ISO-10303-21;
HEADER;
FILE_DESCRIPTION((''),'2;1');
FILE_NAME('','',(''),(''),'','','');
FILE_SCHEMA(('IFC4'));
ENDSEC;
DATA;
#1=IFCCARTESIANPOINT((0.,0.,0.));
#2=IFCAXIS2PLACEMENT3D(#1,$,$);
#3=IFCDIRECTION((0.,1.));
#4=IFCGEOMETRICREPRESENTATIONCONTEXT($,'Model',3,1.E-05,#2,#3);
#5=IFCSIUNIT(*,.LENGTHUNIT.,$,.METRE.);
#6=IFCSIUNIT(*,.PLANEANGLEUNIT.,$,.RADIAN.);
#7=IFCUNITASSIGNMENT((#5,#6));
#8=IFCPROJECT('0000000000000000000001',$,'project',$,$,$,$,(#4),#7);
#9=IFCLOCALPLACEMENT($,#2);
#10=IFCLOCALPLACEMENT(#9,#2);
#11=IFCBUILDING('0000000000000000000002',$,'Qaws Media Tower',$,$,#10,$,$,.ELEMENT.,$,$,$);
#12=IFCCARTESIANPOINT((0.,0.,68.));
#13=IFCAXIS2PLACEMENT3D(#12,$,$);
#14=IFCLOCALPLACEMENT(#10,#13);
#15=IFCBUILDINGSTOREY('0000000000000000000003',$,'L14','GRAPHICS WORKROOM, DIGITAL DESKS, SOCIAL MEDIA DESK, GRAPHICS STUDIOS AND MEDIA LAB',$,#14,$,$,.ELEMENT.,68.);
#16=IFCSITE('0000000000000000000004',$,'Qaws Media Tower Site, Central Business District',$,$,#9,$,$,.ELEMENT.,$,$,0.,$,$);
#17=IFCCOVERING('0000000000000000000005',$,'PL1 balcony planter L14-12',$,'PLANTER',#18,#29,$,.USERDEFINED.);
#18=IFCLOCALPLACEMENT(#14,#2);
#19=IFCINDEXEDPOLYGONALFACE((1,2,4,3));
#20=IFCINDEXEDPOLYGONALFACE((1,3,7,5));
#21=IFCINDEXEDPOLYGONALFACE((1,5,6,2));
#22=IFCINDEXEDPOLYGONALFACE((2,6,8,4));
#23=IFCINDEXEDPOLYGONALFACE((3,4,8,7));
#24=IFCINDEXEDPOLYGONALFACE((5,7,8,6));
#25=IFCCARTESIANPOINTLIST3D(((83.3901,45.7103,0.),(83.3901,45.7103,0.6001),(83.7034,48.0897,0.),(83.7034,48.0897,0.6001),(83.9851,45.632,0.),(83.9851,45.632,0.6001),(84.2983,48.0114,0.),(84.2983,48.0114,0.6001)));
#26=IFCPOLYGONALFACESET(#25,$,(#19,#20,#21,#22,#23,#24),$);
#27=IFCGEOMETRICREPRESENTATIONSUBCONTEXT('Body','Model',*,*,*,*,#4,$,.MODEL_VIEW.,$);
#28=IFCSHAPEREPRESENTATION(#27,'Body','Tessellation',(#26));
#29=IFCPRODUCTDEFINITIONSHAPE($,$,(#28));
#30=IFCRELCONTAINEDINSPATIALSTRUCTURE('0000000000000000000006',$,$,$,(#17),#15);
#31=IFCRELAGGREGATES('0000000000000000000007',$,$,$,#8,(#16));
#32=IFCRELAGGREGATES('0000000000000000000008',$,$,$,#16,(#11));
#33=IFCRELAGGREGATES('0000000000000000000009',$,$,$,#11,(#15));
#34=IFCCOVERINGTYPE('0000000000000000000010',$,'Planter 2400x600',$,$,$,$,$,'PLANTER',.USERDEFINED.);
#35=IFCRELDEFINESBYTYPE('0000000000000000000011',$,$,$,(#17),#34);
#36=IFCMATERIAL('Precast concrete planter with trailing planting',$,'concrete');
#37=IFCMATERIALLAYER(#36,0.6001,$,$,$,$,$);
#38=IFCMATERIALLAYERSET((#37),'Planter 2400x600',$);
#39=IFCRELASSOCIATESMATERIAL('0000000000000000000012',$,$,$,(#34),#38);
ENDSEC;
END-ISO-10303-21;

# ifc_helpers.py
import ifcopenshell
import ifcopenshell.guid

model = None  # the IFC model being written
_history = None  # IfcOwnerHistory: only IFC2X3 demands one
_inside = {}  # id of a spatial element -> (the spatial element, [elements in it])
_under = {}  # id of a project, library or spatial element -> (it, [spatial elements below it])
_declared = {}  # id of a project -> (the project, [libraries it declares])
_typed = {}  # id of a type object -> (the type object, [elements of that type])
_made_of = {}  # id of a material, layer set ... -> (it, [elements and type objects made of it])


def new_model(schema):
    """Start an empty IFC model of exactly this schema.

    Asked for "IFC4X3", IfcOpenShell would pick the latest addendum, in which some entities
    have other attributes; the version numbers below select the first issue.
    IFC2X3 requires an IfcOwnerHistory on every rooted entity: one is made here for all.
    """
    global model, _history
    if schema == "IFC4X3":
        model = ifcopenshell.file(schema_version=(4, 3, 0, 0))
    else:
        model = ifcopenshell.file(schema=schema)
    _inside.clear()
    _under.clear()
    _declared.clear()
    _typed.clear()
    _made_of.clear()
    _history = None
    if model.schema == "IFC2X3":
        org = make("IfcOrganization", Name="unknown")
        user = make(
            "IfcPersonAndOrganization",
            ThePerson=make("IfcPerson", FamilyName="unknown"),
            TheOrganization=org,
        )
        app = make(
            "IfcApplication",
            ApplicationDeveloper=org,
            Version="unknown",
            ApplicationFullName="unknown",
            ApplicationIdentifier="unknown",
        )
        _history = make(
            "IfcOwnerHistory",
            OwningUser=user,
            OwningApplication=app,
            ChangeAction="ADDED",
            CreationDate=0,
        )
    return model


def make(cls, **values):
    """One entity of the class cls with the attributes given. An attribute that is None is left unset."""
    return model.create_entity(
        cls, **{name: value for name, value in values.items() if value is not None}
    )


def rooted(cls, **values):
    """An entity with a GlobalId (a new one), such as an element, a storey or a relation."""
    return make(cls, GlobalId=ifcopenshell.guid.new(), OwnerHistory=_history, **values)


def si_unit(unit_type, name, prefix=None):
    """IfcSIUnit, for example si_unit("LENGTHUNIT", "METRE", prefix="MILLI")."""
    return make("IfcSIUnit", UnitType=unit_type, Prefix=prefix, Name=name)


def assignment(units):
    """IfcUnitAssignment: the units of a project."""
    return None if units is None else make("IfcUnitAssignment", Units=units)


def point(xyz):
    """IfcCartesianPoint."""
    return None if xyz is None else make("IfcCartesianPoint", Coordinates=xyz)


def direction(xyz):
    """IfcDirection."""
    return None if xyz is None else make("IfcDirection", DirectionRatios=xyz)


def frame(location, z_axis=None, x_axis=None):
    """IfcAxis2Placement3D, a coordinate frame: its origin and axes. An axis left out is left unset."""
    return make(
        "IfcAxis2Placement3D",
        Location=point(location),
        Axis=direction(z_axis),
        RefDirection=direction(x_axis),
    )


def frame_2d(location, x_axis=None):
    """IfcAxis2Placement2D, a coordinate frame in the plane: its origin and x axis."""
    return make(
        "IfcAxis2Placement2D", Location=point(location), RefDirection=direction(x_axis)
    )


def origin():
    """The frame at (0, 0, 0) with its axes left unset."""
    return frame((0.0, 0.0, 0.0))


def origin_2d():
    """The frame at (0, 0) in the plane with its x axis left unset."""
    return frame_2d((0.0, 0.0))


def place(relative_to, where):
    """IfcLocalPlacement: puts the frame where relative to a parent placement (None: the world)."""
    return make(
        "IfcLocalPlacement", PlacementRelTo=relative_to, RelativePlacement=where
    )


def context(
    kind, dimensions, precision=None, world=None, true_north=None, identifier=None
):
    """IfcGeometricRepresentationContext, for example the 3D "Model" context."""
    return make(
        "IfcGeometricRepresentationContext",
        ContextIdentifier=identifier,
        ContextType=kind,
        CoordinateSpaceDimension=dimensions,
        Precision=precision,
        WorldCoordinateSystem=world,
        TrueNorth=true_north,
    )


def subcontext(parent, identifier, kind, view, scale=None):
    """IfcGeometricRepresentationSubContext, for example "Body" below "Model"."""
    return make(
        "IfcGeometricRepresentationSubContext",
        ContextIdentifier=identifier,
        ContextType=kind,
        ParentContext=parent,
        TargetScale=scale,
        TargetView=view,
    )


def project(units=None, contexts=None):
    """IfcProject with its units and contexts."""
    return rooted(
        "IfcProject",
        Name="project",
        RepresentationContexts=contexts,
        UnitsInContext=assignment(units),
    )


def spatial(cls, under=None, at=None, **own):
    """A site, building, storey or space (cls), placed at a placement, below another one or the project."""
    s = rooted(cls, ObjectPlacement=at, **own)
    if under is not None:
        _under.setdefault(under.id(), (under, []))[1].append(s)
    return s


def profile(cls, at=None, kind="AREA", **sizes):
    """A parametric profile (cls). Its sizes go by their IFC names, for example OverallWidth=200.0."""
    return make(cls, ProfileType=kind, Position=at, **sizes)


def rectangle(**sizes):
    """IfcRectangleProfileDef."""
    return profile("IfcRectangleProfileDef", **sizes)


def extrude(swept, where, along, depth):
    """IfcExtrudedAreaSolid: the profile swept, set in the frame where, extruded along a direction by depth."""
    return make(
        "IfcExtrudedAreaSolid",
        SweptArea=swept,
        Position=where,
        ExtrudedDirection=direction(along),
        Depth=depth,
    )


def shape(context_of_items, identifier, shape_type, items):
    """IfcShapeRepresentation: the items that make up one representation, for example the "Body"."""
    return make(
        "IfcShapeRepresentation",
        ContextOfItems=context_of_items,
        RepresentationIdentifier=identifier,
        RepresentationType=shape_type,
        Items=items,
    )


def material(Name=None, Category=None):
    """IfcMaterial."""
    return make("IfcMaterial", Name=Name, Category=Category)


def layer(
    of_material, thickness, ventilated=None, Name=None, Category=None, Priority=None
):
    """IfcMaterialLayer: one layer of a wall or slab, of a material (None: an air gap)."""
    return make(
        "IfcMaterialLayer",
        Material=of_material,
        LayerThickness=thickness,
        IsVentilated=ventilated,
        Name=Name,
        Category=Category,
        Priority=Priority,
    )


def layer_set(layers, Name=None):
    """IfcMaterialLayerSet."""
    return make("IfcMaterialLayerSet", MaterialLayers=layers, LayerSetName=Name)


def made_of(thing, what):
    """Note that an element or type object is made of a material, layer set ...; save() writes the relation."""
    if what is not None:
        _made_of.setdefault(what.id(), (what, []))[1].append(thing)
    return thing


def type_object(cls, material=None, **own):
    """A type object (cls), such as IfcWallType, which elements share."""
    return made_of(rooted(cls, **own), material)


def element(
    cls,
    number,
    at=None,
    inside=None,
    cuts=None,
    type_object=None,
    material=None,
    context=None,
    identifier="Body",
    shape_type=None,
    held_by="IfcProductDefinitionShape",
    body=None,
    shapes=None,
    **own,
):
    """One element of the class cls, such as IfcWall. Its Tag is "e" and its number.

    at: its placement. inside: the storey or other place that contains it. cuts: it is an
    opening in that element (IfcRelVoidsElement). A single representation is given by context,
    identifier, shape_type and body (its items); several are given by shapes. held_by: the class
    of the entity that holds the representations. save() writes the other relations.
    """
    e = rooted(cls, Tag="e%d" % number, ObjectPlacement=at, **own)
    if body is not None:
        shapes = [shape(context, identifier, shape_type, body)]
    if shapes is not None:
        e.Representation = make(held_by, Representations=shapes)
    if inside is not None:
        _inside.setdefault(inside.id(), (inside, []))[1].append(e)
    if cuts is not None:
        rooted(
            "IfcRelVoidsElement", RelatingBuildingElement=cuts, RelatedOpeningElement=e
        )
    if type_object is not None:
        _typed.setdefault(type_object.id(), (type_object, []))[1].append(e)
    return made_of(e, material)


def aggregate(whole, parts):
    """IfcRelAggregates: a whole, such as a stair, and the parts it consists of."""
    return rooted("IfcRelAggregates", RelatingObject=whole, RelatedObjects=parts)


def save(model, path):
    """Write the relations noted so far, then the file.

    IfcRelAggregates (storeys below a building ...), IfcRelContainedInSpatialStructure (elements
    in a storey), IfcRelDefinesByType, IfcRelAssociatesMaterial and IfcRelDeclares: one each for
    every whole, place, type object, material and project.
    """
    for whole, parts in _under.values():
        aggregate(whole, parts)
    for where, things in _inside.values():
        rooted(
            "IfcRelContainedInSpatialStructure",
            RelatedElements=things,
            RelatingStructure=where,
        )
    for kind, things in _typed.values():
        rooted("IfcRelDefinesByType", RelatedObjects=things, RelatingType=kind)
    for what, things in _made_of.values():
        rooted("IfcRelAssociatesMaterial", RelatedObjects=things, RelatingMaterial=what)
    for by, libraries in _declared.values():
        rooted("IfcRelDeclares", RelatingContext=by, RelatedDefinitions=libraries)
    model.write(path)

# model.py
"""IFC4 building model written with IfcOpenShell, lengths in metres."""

from ifc_helpers import new_model, si_unit, direction, frame, origin, origin_2d, place, context, subcontext, project, spatial, rectangle, extrude, material, layer, layer_set, type_object, element, save


model = new_model("IFC4")

# Units and contexts
model_context = context("Model", 3, precision=1e-05, world=origin(), true_north=direction((0.0, 1.0)))
body_context = subcontext(model_context, "Body", "Model", "MODEL_VIEW")
ifc_project = project(units=[si_unit("LENGTHUNIT", "METRE"), si_unit("PLANEANGLEUNIT", "RADIAN")], contexts=[model_context])

# Site, building, storey
site_placement = place(None, origin())
site = spatial("IfcSite", under=ifc_project, at=site_placement, Name="Qaws Media Tower Site, Central Business District", CompositionType="ELEMENT", RefElevation=0.0)
building_placement = place(site_placement, origin())
building = spatial("IfcBuilding", under=site, at=building_placement, Name="Qaws Media Tower", CompositionType="ELEMENT")
storey_placement = place(building_placement, frame((0.0, 0.0, 68.0)))
storey = spatial("IfcBuildingStorey", under=building, at=storey_placement, Name="L14", Description="GRAPHICS WORKROOM, DIGITAL DESKS, SOCIAL MEDIA DESK, GRAPHICS STUDIOS AND MEDIA LAB", CompositionType="ELEMENT", Elevation=68.0)

# Covering
ifc_material_1 = material(Name="Precast concrete planter with trailing planting", Category="concrete")
ifc_layer_1 = layer(ifc_material_1, 0.6001)
ifc_layer_set_1 = layer_set([ifc_layer_1], Name="Planter 2400x600")
covering_type = type_object("IfcCoveringType", Name="Planter 2400x600", ElementType="PLANTER", PredefinedType="USERDEFINED", material=ifc_layer_set_1)
covering_placement = place(storey_placement, frame((83.8442, 46.8608, 0.0), z_axis=(0.0, 0.0, 1.0), x_axis=(0.130526, 0.991445, 0.0)))
element("IfcCovering", 1, at=covering_placement, inside=storey, type_object=covering_type, Name="PL1 balcony planter L14-12", ObjectType="PLANTER", PredefinedType="USERDEFINED", context=body_context, shape_type="SweptSolid", body=[
    extrude(rectangle(XDim=2.3999, YDim=0.6001, at=origin_2d()), origin(), (0.0, 0.0, 1.0), 0.6001),
])

save(model, "model.ifc")
